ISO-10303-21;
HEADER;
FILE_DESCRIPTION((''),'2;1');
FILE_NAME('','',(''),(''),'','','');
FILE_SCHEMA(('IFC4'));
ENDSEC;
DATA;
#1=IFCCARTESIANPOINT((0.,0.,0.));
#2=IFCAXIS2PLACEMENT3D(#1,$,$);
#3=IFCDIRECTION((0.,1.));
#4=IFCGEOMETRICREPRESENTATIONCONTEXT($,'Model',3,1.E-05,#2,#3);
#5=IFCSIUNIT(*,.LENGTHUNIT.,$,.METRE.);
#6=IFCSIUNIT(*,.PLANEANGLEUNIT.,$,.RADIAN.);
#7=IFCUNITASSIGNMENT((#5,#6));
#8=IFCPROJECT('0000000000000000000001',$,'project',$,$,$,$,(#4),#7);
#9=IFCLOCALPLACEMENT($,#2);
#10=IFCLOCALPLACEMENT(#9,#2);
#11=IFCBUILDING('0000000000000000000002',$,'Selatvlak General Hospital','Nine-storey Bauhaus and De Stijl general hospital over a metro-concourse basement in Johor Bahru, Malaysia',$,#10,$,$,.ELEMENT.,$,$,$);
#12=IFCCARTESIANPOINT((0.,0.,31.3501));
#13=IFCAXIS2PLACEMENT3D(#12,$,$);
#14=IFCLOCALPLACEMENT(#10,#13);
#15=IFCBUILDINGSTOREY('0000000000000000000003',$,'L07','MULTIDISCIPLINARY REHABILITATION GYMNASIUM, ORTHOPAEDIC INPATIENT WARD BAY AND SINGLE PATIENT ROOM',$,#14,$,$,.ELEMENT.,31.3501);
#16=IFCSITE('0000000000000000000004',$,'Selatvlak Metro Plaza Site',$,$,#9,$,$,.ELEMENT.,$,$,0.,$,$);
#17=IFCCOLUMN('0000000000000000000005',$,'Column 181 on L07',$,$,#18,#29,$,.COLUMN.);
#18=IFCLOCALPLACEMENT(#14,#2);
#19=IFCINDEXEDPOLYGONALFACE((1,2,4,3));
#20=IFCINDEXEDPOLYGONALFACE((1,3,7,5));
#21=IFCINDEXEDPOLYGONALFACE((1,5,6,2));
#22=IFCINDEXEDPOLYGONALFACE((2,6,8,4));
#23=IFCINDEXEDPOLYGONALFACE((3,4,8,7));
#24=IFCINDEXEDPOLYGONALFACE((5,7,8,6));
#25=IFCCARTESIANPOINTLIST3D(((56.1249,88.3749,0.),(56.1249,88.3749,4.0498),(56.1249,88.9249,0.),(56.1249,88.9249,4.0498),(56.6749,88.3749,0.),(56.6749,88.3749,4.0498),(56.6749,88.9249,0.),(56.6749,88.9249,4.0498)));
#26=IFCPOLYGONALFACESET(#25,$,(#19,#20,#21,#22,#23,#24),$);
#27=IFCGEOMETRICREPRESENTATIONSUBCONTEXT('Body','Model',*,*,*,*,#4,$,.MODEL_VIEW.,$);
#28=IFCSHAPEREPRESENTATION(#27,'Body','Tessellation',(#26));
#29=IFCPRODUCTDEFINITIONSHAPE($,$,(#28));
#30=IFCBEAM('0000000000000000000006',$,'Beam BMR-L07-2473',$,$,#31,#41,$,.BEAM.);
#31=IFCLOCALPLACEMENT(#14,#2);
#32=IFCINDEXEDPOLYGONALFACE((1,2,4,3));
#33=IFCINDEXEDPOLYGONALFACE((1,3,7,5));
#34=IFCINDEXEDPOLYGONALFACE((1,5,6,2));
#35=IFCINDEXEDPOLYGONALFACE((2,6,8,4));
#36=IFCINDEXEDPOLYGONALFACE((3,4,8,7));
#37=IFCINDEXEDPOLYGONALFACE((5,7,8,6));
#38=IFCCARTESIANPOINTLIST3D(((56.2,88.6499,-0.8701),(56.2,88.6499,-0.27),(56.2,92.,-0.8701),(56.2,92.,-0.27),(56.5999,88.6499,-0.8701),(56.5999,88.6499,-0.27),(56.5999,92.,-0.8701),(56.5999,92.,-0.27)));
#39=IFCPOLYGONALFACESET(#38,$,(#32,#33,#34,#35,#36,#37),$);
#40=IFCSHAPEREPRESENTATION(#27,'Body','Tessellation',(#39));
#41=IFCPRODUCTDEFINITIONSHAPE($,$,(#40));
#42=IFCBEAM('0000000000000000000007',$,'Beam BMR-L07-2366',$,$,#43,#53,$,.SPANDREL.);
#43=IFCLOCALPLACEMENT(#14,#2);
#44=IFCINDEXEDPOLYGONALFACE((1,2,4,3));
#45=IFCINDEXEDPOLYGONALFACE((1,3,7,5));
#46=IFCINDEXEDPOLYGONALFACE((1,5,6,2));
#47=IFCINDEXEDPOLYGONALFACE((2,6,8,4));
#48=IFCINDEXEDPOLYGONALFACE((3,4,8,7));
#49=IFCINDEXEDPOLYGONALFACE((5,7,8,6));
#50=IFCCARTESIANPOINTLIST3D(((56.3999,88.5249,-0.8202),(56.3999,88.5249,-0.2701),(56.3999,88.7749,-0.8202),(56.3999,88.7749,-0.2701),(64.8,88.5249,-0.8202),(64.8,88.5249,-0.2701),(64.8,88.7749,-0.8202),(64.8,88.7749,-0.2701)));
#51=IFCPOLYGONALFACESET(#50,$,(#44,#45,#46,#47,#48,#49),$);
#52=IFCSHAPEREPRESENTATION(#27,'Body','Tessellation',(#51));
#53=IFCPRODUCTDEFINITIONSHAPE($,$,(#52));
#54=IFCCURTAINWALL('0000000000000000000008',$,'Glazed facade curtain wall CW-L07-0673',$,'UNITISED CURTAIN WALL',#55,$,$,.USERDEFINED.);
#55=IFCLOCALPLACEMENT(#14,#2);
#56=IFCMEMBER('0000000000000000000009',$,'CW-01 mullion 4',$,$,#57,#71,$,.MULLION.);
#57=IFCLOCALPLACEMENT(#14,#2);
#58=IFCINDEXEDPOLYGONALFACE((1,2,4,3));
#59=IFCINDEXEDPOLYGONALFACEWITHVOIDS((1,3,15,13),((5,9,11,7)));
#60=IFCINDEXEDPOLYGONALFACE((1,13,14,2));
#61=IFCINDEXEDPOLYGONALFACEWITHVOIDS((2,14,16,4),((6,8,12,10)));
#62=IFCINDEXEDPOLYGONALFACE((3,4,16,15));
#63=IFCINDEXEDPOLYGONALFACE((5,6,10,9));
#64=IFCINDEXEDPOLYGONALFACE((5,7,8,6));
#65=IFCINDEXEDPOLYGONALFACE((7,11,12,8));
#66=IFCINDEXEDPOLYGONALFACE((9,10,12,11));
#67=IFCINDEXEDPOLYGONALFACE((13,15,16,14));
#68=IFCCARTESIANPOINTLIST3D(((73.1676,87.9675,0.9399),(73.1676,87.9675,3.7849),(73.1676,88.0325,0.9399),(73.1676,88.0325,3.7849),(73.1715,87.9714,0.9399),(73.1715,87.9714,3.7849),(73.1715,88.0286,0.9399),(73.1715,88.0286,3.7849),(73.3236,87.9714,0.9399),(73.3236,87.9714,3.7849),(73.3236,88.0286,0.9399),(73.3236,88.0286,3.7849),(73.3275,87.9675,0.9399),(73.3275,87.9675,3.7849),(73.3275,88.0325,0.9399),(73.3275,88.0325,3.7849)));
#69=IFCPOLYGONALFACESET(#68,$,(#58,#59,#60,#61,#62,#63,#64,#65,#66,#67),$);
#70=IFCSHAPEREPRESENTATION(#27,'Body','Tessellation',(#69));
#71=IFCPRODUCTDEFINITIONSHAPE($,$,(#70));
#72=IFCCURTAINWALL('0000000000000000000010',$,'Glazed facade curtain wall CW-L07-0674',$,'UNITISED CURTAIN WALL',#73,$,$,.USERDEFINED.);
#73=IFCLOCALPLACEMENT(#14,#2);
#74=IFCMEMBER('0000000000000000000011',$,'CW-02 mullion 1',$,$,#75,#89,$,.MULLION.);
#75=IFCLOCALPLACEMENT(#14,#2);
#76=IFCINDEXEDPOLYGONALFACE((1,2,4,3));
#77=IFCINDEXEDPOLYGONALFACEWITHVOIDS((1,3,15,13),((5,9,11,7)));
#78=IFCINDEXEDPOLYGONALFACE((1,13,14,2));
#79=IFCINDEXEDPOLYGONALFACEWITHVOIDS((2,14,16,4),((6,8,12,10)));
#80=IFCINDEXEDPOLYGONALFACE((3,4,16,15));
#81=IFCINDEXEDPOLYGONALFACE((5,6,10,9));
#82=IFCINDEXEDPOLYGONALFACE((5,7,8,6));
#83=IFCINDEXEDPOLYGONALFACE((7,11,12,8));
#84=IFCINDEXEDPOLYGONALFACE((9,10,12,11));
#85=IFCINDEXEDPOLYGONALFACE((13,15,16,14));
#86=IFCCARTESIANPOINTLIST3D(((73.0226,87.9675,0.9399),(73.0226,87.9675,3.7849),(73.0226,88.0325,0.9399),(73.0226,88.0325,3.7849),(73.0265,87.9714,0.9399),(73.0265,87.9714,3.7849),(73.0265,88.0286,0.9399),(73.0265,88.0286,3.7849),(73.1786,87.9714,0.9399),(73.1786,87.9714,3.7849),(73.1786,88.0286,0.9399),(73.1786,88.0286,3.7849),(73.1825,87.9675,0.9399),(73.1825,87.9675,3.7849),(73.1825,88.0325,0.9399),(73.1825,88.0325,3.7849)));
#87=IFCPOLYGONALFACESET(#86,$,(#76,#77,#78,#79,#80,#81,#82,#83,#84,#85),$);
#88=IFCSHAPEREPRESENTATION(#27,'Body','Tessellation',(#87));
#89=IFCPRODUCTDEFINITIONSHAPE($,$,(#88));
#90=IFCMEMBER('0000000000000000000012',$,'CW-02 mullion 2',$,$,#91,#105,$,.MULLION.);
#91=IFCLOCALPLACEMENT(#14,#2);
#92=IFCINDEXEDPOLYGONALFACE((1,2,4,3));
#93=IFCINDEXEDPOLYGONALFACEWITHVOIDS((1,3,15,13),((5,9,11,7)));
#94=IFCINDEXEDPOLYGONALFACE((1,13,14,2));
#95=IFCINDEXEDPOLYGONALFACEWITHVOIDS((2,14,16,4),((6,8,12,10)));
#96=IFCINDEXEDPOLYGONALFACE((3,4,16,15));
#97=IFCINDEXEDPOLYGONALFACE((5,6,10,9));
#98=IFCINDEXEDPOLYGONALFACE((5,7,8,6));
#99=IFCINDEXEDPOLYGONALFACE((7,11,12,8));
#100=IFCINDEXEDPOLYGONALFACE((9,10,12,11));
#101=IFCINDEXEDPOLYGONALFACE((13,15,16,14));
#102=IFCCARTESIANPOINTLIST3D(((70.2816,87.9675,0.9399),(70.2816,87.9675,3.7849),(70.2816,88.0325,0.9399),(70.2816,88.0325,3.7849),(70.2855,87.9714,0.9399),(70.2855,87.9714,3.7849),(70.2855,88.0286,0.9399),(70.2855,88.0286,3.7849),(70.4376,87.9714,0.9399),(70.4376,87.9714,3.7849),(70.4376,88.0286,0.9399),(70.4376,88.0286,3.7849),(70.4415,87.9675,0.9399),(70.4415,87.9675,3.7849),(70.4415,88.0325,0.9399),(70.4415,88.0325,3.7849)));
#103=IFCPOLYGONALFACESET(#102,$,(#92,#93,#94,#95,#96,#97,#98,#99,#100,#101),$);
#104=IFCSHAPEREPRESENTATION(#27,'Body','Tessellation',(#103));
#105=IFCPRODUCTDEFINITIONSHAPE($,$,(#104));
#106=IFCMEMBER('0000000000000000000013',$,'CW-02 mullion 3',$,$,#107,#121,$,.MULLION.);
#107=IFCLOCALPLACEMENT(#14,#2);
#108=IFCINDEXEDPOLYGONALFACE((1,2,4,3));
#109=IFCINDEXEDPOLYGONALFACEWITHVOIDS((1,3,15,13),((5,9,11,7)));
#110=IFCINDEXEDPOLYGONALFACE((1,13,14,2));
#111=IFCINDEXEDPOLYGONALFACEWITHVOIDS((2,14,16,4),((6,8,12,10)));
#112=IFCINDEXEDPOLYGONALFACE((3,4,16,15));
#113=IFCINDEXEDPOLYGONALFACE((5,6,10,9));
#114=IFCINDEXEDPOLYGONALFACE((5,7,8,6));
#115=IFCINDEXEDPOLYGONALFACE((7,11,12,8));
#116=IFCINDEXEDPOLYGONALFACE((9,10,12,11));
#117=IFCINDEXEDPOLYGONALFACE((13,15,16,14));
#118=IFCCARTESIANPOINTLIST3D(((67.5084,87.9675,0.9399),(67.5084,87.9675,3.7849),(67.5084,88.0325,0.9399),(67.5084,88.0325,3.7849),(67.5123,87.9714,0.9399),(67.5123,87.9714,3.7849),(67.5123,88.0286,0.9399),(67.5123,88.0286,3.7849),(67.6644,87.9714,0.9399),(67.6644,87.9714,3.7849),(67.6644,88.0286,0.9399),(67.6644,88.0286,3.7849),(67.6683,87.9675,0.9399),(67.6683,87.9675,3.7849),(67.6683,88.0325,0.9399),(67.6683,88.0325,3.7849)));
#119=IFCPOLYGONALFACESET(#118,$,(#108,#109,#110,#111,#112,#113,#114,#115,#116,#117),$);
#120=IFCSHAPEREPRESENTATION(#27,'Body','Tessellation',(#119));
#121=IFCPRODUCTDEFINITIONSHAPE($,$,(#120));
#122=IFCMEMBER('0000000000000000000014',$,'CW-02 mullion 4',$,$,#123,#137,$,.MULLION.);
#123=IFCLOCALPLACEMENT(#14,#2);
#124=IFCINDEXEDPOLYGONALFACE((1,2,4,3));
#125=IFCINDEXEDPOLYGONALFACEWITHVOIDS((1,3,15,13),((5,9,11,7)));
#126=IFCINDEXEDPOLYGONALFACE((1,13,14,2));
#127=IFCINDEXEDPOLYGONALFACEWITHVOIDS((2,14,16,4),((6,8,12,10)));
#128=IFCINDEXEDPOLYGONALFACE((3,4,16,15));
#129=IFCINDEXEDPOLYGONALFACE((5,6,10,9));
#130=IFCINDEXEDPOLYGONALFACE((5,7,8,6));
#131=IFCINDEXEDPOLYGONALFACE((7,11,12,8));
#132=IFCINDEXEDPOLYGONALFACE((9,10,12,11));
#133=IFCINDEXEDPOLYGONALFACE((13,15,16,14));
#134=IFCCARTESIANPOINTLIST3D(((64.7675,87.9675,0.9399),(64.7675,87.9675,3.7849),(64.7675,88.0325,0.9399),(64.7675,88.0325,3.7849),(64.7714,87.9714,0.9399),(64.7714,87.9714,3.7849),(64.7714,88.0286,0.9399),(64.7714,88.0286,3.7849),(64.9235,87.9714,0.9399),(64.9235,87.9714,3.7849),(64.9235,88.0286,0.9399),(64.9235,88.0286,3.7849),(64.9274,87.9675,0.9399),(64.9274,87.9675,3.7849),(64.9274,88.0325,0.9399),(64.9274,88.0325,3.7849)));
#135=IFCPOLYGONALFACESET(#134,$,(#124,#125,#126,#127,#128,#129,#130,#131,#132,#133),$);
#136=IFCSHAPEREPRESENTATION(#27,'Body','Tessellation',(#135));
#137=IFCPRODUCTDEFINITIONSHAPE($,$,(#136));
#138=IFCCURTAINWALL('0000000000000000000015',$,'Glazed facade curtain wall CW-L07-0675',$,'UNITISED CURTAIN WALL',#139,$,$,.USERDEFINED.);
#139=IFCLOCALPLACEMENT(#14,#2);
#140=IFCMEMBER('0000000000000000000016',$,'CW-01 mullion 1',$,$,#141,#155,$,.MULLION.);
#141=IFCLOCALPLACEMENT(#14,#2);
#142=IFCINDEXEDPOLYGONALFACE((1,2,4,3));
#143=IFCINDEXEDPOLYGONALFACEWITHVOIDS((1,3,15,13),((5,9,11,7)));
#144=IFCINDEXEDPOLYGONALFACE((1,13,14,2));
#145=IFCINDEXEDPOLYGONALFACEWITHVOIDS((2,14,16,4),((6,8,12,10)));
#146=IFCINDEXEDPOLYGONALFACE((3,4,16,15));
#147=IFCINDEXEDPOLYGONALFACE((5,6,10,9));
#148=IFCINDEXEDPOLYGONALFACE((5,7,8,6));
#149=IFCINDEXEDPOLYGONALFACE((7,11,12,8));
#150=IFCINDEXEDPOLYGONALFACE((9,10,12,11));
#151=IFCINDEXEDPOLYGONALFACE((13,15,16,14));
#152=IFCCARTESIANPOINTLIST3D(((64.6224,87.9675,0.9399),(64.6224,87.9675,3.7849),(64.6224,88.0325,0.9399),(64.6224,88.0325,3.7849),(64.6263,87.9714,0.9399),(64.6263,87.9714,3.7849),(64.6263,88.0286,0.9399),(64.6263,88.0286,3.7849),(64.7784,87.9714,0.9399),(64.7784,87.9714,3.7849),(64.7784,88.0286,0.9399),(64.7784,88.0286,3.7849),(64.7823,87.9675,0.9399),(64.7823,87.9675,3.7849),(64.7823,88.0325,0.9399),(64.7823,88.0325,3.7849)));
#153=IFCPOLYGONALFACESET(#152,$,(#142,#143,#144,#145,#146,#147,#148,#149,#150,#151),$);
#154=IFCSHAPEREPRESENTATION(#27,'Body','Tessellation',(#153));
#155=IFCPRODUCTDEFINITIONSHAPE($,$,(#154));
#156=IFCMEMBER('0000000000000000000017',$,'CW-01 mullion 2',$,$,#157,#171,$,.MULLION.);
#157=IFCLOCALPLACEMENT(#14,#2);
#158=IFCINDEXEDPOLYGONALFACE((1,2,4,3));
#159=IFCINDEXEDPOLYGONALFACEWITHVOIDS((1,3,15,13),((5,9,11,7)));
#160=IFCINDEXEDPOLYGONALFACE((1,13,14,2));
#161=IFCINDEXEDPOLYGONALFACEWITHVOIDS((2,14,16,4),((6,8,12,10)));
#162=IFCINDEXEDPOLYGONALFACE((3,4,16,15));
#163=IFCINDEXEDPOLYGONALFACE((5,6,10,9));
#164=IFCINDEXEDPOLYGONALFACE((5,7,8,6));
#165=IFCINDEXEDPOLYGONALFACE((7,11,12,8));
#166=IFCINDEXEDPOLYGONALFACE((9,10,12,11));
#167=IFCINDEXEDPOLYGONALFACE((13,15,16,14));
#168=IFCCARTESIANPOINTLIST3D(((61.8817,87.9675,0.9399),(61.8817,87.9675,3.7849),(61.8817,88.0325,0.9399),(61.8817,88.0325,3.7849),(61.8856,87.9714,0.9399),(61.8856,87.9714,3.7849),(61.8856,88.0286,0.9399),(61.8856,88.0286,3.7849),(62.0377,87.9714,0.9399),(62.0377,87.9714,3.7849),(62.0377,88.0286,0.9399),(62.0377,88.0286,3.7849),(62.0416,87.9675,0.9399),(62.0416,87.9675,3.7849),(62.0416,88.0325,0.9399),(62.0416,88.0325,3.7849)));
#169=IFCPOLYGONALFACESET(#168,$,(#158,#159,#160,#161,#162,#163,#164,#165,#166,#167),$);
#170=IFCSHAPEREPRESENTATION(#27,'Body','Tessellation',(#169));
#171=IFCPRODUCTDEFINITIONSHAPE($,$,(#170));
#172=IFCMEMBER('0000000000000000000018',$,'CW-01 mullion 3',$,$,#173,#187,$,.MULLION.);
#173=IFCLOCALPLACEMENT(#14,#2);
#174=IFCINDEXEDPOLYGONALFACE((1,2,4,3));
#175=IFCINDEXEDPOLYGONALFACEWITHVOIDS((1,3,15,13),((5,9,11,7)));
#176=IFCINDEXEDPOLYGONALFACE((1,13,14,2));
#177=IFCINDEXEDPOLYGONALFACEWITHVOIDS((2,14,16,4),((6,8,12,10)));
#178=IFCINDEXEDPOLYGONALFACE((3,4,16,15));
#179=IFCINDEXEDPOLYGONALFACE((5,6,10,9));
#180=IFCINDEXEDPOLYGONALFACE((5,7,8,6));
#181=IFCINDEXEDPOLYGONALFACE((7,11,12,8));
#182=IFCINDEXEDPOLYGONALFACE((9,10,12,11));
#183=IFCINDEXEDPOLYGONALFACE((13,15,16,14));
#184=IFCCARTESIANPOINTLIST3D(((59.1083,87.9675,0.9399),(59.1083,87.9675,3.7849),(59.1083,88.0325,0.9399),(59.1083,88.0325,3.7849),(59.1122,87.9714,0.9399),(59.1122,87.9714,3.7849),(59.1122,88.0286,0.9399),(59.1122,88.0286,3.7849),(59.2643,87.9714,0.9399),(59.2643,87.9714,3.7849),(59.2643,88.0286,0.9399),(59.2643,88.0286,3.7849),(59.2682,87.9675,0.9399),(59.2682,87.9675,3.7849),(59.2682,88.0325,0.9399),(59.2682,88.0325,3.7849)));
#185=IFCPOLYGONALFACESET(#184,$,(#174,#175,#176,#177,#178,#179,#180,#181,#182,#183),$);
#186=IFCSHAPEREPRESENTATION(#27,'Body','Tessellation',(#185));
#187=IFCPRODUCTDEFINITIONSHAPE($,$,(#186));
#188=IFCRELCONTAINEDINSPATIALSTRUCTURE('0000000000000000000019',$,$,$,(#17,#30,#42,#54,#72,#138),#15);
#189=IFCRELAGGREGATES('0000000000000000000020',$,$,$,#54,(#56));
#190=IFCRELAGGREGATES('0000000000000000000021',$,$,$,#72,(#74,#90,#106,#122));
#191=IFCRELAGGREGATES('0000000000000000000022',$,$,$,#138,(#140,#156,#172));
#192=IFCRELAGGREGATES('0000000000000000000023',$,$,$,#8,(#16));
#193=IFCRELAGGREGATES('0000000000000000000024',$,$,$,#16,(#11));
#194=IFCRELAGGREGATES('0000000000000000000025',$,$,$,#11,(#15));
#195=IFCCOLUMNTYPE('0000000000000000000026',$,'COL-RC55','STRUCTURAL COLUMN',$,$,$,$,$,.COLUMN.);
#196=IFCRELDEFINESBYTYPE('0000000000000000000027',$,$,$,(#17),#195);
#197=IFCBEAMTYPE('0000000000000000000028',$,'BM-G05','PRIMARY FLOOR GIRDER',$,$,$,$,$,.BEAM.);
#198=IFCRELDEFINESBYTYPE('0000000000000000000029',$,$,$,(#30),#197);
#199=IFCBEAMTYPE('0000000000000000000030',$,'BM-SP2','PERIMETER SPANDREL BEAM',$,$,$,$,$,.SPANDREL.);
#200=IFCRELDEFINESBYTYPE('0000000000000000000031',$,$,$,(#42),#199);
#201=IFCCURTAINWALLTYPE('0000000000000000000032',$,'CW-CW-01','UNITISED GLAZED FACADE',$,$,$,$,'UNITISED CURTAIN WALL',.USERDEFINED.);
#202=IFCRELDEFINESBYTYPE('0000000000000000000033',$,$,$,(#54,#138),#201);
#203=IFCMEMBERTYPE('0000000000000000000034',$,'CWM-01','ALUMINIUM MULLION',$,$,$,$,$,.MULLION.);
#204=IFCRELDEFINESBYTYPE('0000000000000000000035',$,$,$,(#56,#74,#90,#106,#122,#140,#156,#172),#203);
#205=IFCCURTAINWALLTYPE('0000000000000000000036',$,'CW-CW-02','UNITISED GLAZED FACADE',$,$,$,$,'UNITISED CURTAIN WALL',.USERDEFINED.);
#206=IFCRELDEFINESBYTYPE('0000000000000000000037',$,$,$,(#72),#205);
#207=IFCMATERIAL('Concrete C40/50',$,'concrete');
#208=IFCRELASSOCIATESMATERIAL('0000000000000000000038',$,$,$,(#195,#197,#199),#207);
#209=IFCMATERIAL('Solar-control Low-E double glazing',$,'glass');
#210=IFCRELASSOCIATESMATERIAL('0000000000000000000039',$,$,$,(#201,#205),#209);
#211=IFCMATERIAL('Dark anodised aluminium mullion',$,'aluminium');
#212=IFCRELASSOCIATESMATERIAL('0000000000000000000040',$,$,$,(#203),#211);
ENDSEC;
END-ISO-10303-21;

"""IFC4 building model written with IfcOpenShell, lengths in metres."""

from ifc_helpers import new_model, si_unit, direction, frame, origin, origin_2d, place, context, subcontext, project, spatial, rectangle, hollow_rectangle, extrude, material, material_profile, profile_set, type_object, element, aggregate, save


model = new_model("IFC4")

# Units and contexts
model_context = context("Model", 3, precision=1e-05, world=origin(), true_north=direction((0.0, 1.0)))
body_context = subcontext(model_context, "Body", "Model", "MODEL_VIEW")
ifc_project = project(units=[si_unit("LENGTHUNIT", "METRE"), si_unit("PLANEANGLEUNIT", "RADIAN")], contexts=[model_context])

# Site, building, storey
site_placement = place(None, origin())
site = spatial("IfcSite", under=ifc_project, at=site_placement, Name="Selatvlak Metro Plaza Site", CompositionType="ELEMENT", RefElevation=0.0)
building_placement = place(site_placement, origin())
building = spatial("IfcBuilding", under=site, at=building_placement, Name="Selatvlak General Hospital", Description="Nine-storey Bauhaus and De Stijl general hospital over a metro-concourse basement in Johor Bahru, Malaysia", CompositionType="ELEMENT")
storey_placement = place(building_placement, frame((0.0, 0.0, 31.3501)))
storey = spatial("IfcBuildingStorey", under=building, at=storey_placement, Name="L07", Description="MULTIDISCIPLINARY REHABILITATION GYMNASIUM, ORTHOPAEDIC INPATIENT WARD BAY AND SINGLE PATIENT ROOM", CompositionType="ELEMENT", Elevation=31.3501)

# Column
ifc_material_1 = material(Name="Concrete C40/50", Category="concrete")
ifc_material_profile_1 = material_profile(ifc_material_1, rectangle(XDim=0.55, YDim=0.55, at=origin_2d()), Name="RC-COL 550x550")
ifc_profile_set_1 = profile_set([ifc_material_profile_1], Name="Concrete C40/50")
column_type = type_object("IfcColumnType", Name="COL-RC55", Description="STRUCTURAL COLUMN", PredefinedType="COLUMN", material=ifc_profile_set_1)
column_placement = place(storey_placement, frame((56.3999, 88.6499, 0.0), z_axis=(0.0, 0.0, 1.0), x_axis=(1.0, 0.0, 0.0)))
element("IfcColumn", 1, at=column_placement, inside=storey, type_object=column_type, Name="Column 181 on L07", PredefinedType="COLUMN", context=body_context, shape_type="SweptSolid", body=[
    extrude(rectangle(XDim=0.55, YDim=0.55, at=origin_2d()), origin(), (0.0, 0.0, 1.0), 4.0498),
])

# Beams
ifc_material_profile_2 = material_profile(ifc_material_1, rectangle(XDim=0.3999, YDim=0.6001, at=origin_2d()), Name="RC-BM 400x600")
ifc_profile_set_2 = profile_set([ifc_material_profile_2], Name="Concrete C40/50")
beam_type_1 = type_object("IfcBeamType", Name="BM-G05", Description="PRIMARY FLOOR GIRDER", PredefinedType="BEAM", material=ifc_profile_set_2)
beam_1_placement = place(storey_placement, frame((56.3999, 88.6499, -0.5701), z_axis=(0.0, 1.0, 0.0), x_axis=(-1.0, 0.0, 0.0)))
element("IfcBeam", 2, at=beam_1_placement, inside=storey, type_object=beam_type_1, Name="Beam BMR-L07-2473", PredefinedType="BEAM", context=body_context, shape_type="SweptSolid", body=[
    extrude(rectangle(XDim=0.3999, YDim=0.6001, at=origin_2d()), origin(), (0.0, 0.0, 1.0), 3.3501),
])
ifc_material_profile_3 = material_profile(ifc_material_1, rectangle(XDim=0.25, YDim=0.55, at=origin_2d()), Name="RC-SP 250x550")
ifc_profile_set_3 = profile_set([ifc_material_profile_3], Name="Concrete C40/50")
beam_type_2 = type_object("IfcBeamType", Name="BM-SP2", Description="PERIMETER SPANDREL BEAM", PredefinedType="SPANDREL", material=ifc_profile_set_3)
beam_2_placement = place(storey_placement, frame((56.3999, 88.6499, -0.5452), z_axis=(1.0, 0.0, 0.0), x_axis=(0.0, 1.0, 0.0)))
element("IfcBeam", 3, at=beam_2_placement, inside=storey, type_object=beam_type_2, Name="Beam BMR-L07-2366", PredefinedType="SPANDREL", context=body_context, shape_type="SweptSolid", body=[
    extrude(rectangle(XDim=0.25, YDim=0.55, at=origin_2d()), origin(), (0.0, 0.0, 1.0), 8.4001),
])

# Curtain wall, member
ifc_material_2 = material(Name="Solar-control Low-E double glazing", Category="glass")
curtain_wall_type_1 = type_object("IfcCurtainWallType", Name="CW-CW-01", Description="UNITISED GLAZED FACADE", ElementType="UNITISED CURTAIN WALL", PredefinedType="USERDEFINED", material=ifc_material_2)
curtain_wall_1_placement = place(storey_placement, origin())
curtain_wall_1 = element("IfcCurtainWall", 4, at=curtain_wall_1_placement, inside=storey, type_object=curtain_wall_type_1, Name="Glazed facade curtain wall CW-L07-0673", ObjectType="UNITISED CURTAIN WALL", PredefinedType="USERDEFINED")
ifc_material_3 = material(Name="Dark anodised aluminium mullion", Category="aluminium")
ifc_material_profile_4 = material_profile(ifc_material_3, hollow_rectangle(XDim=0.0649, YDim=0.1599, WallThickness=0.0039, at=origin_2d()), Name="AL-MUL 65x160x4")
ifc_profile_set_4 = profile_set([ifc_material_profile_4], Name="Dark anodised aluminium mullion")
member_type_1 = type_object("IfcMemberType", Name="CWM-01", Description="ALUMINIUM MULLION", PredefinedType="MULLION", material=ifc_profile_set_4)
member_1_placement = place(storey_placement, frame((73.2476, 88.0, 0.9399), z_axis=(0.0, 0.0, 1.0), x_axis=(0.0, -1.0, 0.0)))
member_1 = element("IfcMember", 5, at=member_1_placement, type_object=member_type_1, Name="CW-01 mullion 4", PredefinedType="MULLION", context=body_context, shape_type="SweptSolid", body=[
    extrude(hollow_rectangle(XDim=0.0649, YDim=0.1599, WallThickness=0.0039, at=origin_2d()), origin(), (0.0, 0.0, 1.0), 2.845),
])
aggregate(curtain_wall_1, [member_1])

# Curtain walls, members
curtain_wall_type_2 = type_object("IfcCurtainWallType", Name="CW-CW-02", Description="UNITISED GLAZED FACADE", ElementType="UNITISED CURTAIN WALL", PredefinedType="USERDEFINED", material=ifc_material_2)
curtain_wall_2_placement = place(storey_placement, origin())
curtain_wall_2 = element("IfcCurtainWall", 6, at=curtain_wall_2_placement, inside=storey, type_object=curtain_wall_type_2, Name="Glazed facade curtain wall CW-L07-0674", ObjectType="UNITISED CURTAIN WALL", PredefinedType="USERDEFINED")
member_2_placement = place(storey_placement, frame((73.1025, 88.0, 0.9399), z_axis=(0.0, 0.0, 1.0), x_axis=(0.0, -1.0, 0.0)))
member_2 = element("IfcMember", 7, at=member_2_placement, type_object=member_type_1, Name="CW-02 mullion 1", PredefinedType="MULLION", context=body_context, shape_type="SweptSolid", body=[
    extrude(hollow_rectangle(XDim=0.0649, YDim=0.1599, WallThickness=0.0039, at=origin_2d()), origin(), (0.0, 0.0, 1.0), 2.845),
])
member_3_placement = place(storey_placement, frame((70.3616, 88.0, 0.9399), z_axis=(0.0, 0.0, 1.0), x_axis=(0.0, -1.0, 0.0)))
member_3 = element("IfcMember", 8, at=member_3_placement, type_object=member_type_1, Name="CW-02 mullion 2", PredefinedType="MULLION", context=body_context, shape_type="SweptSolid", body=[
    extrude(hollow_rectangle(XDim=0.0649, YDim=0.1599, WallThickness=0.0039, at=origin_2d()), origin(), (0.0, 0.0, 1.0), 2.845),
])
member_4_placement = place(storey_placement, frame((67.5884, 88.0, 0.9399), z_axis=(0.0, 0.0, 1.0), x_axis=(0.0, -1.0, 0.0)))
member_4 = element("IfcMember", 9, at=member_4_placement, type_object=member_type_1, Name="CW-02 mullion 3", PredefinedType="MULLION", context=body_context, shape_type="SweptSolid", body=[
    extrude(hollow_rectangle(XDim=0.0649, YDim=0.1599, WallThickness=0.0039, at=origin_2d()), origin(), (0.0, 0.0, 1.0), 2.845),
])
member_5_placement = place(storey_placement, frame((64.8474, 88.0, 0.9399), z_axis=(0.0, 0.0, 1.0), x_axis=(0.0, -1.0, 0.0)))
member_5 = element("IfcMember", 10, at=member_5_placement, type_object=member_type_1, Name="CW-02 mullion 4", PredefinedType="MULLION", context=body_context, shape_type="SweptSolid", body=[
    extrude(hollow_rectangle(XDim=0.0649, YDim=0.1599, WallThickness=0.0039, at=origin_2d()), origin(), (0.0, 0.0, 1.0), 2.845),
])
curtain_wall_3_placement = place(storey_placement, origin())
curtain_wall_3 = element("IfcCurtainWall", 11, at=curtain_wall_3_placement, inside=storey, type_object=curtain_wall_type_1, Name="Glazed facade curtain wall CW-L07-0675", ObjectType="UNITISED CURTAIN WALL", PredefinedType="USERDEFINED")
member_6_placement = place(storey_placement, frame((64.7024, 88.0, 0.9399), z_axis=(0.0, 0.0, 1.0), x_axis=(0.0, -1.0, 0.0)))
member_6 = element("IfcMember", 12, at=member_6_placement, type_object=member_type_1, Name="CW-01 mullion 1", PredefinedType="MULLION", context=body_context, shape_type="SweptSolid", body=[
    extrude(hollow_rectangle(XDim=0.0649, YDim=0.1599, WallThickness=0.0039, at=origin_2d()), origin(), (0.0, 0.0, 1.0), 2.845),
])
member_7_placement = place(storey_placement, frame((61.9617, 88.0, 0.9399), z_axis=(0.0, 0.0, 1.0), x_axis=(0.0, -1.0, 0.0)))
member_7 = element("IfcMember", 13, at=member_7_placement, type_object=member_type_1, Name="CW-01 mullion 2", PredefinedType="MULLION", context=body_context, shape_type="SweptSolid", body=[
    extrude(hollow_rectangle(XDim=0.0649, YDim=0.1599, WallThickness=0.0039, at=origin_2d()), origin(), (0.0, 0.0, 1.0), 2.845),
])
member_8_placement = place(storey_placement, frame((59.1882, 88.0, 0.9399), z_axis=(0.0, 0.0, 1.0), x_axis=(0.0, -1.0, 0.0)))
member_8 = element("IfcMember", 14, at=member_8_placement, type_object=member_type_1, Name="CW-01 mullion 3", PredefinedType="MULLION", context=body_context, shape_type="SweptSolid", body=[
    extrude(hollow_rectangle(XDim=0.0649, YDim=0.1599, WallThickness=0.0039, at=origin_2d()), origin(), (0.0, 0.0, 1.0), 2.845),
])

aggregate(curtain_wall_2, [member_2, member_3, member_4, member_5])
aggregate(curtain_wall_3, [member_6, member_7, member_8])

save(model, "model.ifc")
